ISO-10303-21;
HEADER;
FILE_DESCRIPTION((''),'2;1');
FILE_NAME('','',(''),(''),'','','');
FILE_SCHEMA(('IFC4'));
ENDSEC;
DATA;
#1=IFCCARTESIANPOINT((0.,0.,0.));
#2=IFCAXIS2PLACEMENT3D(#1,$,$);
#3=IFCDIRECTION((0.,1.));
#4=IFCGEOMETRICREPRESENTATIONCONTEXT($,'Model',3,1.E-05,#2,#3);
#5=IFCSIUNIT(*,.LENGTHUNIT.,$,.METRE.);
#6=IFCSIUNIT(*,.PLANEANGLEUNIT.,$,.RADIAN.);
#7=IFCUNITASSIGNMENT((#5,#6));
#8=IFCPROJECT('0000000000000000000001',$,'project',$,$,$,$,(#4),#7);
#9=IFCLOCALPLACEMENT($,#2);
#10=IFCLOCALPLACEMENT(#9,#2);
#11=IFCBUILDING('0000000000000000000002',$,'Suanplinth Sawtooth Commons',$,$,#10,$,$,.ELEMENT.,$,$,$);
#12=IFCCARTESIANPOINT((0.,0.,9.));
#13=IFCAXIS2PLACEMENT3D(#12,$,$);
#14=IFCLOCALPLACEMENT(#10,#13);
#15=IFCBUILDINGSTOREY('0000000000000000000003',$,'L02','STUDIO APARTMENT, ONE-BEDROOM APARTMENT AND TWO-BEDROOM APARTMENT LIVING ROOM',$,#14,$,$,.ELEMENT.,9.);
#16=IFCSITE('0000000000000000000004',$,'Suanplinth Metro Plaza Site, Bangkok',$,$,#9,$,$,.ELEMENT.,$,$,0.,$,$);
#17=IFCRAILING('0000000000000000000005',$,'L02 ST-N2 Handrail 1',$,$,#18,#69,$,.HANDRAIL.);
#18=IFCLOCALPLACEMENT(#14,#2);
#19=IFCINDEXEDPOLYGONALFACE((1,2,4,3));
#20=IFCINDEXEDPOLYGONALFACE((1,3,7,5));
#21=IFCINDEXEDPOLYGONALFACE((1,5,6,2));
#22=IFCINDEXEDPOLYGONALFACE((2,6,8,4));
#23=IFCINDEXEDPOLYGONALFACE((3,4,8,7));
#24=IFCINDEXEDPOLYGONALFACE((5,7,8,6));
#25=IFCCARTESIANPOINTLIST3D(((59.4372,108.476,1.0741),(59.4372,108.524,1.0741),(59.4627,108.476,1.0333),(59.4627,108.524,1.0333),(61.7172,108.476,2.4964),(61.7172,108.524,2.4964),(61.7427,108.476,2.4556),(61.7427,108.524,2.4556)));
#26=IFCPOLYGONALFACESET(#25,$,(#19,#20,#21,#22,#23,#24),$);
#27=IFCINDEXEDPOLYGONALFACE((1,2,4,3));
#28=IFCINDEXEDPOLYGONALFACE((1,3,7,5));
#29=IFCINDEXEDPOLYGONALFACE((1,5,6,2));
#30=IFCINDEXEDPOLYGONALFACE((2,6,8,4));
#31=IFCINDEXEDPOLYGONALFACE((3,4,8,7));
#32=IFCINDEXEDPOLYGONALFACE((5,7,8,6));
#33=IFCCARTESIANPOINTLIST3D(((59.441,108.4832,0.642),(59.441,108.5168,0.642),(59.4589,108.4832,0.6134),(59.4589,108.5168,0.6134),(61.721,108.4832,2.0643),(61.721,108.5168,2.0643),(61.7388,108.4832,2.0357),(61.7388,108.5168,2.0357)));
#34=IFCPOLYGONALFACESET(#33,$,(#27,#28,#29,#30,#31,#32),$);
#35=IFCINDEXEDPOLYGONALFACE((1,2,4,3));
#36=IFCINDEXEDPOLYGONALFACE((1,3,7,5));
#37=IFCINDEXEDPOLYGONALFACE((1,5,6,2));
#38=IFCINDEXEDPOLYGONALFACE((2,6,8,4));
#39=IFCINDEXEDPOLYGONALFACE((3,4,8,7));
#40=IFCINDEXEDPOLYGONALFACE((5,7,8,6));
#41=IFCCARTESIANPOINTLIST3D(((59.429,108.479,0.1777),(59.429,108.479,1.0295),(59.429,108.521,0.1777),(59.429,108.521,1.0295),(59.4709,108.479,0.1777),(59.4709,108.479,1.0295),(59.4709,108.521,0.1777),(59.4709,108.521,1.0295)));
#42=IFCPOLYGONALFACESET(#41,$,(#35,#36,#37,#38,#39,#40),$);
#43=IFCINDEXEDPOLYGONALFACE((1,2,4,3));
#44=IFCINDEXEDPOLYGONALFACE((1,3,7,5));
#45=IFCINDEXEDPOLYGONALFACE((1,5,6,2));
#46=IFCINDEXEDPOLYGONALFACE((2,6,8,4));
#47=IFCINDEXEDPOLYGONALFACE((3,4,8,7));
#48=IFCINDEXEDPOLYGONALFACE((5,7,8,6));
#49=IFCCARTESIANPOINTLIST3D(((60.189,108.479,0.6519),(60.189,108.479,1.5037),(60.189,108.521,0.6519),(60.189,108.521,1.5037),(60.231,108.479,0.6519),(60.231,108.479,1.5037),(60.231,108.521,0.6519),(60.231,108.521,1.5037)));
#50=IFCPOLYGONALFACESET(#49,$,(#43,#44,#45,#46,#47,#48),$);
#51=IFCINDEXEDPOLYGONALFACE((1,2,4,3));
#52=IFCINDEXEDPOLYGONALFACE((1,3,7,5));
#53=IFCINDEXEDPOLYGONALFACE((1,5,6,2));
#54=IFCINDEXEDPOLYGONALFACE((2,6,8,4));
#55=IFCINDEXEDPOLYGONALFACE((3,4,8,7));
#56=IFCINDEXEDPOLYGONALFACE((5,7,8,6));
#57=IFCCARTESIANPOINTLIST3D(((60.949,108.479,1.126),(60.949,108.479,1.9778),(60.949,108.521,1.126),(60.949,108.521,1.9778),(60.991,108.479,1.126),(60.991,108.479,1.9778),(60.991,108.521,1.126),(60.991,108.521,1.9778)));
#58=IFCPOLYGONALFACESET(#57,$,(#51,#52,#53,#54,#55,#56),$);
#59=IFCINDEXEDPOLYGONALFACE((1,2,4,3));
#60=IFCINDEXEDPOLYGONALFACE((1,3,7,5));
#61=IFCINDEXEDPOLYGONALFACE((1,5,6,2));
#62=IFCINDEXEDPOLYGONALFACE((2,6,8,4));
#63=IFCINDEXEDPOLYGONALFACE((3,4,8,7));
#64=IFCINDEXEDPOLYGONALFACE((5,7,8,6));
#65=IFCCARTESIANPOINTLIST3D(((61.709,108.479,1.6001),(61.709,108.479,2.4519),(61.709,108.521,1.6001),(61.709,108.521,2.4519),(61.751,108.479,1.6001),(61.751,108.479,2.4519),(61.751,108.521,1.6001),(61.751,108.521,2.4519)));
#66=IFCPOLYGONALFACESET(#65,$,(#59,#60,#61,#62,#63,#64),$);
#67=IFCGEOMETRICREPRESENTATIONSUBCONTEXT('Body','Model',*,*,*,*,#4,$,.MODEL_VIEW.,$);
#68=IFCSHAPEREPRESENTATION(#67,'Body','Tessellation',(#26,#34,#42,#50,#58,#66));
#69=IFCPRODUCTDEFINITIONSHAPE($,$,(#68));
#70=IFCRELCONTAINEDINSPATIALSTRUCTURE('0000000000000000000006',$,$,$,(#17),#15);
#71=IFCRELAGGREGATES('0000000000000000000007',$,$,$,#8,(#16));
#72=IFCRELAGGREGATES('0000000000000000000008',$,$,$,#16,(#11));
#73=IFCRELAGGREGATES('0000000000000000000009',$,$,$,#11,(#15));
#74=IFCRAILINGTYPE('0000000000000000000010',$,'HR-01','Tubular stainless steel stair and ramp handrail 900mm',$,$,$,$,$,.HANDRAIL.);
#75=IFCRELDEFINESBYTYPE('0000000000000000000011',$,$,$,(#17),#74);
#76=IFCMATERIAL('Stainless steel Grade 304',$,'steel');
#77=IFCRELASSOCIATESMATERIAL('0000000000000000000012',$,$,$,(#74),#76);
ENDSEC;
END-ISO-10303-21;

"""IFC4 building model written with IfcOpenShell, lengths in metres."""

from ifc_helpers import new_model, si_unit, direction, frame, origin, origin_2d, place, context, subcontext, project, spatial, rectangle, extrude, material, type_object, element, save


model = new_model("IFC4")

# Units and contexts
model_context = context("Model", 3, precision=1e-05, world=origin(), true_north=direction((0.0, 1.0)))
body_context = subcontext(model_context, "Body", "Model", "MODEL_VIEW")
ifc_project = project(units=[si_unit("LENGTHUNIT", "METRE"), si_unit("PLANEANGLEUNIT", "RADIAN")], contexts=[model_context])

# Site, building, storey
site_placement = place(None, origin())
site = spatial("IfcSite", under=ifc_project, at=site_placement, Name="Suanplinth Metro Plaza Site, Bangkok", CompositionType="ELEMENT", RefElevation=0.0)
building_placement = place(site_placement, origin())
building = spatial("IfcBuilding", under=site, at=building_placement, Name="Suanplinth Sawtooth Commons", CompositionType="ELEMENT")
storey_placement = place(building_placement, frame((0.0, 0.0, 9.0)))
storey = spatial("IfcBuildingStorey", under=building, at=storey_placement, Name="L02", Description="STUDIO APARTMENT, ONE-BEDROOM APARTMENT AND TWO-BEDROOM APARTMENT LIVING ROOM", CompositionType="ELEMENT", Elevation=9.0)

# Railing
ifc_material_1 = material(Name="Stainless steel Grade 304", Category="steel")
railing_type_1 = type_object("IfcRailingType", Name="HR-01", Description="Tubular stainless steel stair and ramp handrail 900mm", PredefinedType="HANDRAIL", material=ifc_material_1)
railing_1_placement = place(storey_placement, frame((59.45, 108.5, 0.1777)))
element("IfcRailing", 1, at=railing_1_placement, inside=storey, type_object=railing_type_1, Name="L02 ST-N2 Handrail 1", PredefinedType="HANDRAIL", context=body_context, shape_type="SweptSolid", body=[
    extrude(rectangle(XDim=0.0481, YDim=0.0481, at=origin_2d()), frame((0.0, 0.0, 0.876), z_axis=(0.848442, 0.0, 0.529288), x_axis=(0.0, 1.0, 0.0)), (0.0, 0.0, 1.0), 2.6873),
    extrude(rectangle(XDim=0.0337, YDim=0.0337, at=origin_2d()), frame((0.0, 0.0, 0.45), z_axis=(0.848442, 0.0, 0.529288), x_axis=(0.0, 1.0, 0.0)), (0.0, 0.0, 1.0), 2.6873),
    extrude(rectangle(XDim=0.042, YDim=0.042, at=origin_2d()), origin(), (0.0, 0.0, 1.0), 0.8518),
    extrude(rectangle(XDim=0.042, YDim=0.042, at=origin_2d()), frame((0.76, 0.0, 0.4741)), (0.0, 0.0, 1.0), 0.8518),
    extrude(rectangle(XDim=0.042, YDim=0.042, at=origin_2d()), frame((1.52, 0.0, 0.9482)), (0.0, 0.0, 1.0), 0.8518),
    extrude(rectangle(XDim=0.042, YDim=0.042, at=origin_2d()), frame((2.28, 0.0, 1.4224)), (0.0, 0.0, 1.0), 0.8518),
])

save(model, "model.ifc")
